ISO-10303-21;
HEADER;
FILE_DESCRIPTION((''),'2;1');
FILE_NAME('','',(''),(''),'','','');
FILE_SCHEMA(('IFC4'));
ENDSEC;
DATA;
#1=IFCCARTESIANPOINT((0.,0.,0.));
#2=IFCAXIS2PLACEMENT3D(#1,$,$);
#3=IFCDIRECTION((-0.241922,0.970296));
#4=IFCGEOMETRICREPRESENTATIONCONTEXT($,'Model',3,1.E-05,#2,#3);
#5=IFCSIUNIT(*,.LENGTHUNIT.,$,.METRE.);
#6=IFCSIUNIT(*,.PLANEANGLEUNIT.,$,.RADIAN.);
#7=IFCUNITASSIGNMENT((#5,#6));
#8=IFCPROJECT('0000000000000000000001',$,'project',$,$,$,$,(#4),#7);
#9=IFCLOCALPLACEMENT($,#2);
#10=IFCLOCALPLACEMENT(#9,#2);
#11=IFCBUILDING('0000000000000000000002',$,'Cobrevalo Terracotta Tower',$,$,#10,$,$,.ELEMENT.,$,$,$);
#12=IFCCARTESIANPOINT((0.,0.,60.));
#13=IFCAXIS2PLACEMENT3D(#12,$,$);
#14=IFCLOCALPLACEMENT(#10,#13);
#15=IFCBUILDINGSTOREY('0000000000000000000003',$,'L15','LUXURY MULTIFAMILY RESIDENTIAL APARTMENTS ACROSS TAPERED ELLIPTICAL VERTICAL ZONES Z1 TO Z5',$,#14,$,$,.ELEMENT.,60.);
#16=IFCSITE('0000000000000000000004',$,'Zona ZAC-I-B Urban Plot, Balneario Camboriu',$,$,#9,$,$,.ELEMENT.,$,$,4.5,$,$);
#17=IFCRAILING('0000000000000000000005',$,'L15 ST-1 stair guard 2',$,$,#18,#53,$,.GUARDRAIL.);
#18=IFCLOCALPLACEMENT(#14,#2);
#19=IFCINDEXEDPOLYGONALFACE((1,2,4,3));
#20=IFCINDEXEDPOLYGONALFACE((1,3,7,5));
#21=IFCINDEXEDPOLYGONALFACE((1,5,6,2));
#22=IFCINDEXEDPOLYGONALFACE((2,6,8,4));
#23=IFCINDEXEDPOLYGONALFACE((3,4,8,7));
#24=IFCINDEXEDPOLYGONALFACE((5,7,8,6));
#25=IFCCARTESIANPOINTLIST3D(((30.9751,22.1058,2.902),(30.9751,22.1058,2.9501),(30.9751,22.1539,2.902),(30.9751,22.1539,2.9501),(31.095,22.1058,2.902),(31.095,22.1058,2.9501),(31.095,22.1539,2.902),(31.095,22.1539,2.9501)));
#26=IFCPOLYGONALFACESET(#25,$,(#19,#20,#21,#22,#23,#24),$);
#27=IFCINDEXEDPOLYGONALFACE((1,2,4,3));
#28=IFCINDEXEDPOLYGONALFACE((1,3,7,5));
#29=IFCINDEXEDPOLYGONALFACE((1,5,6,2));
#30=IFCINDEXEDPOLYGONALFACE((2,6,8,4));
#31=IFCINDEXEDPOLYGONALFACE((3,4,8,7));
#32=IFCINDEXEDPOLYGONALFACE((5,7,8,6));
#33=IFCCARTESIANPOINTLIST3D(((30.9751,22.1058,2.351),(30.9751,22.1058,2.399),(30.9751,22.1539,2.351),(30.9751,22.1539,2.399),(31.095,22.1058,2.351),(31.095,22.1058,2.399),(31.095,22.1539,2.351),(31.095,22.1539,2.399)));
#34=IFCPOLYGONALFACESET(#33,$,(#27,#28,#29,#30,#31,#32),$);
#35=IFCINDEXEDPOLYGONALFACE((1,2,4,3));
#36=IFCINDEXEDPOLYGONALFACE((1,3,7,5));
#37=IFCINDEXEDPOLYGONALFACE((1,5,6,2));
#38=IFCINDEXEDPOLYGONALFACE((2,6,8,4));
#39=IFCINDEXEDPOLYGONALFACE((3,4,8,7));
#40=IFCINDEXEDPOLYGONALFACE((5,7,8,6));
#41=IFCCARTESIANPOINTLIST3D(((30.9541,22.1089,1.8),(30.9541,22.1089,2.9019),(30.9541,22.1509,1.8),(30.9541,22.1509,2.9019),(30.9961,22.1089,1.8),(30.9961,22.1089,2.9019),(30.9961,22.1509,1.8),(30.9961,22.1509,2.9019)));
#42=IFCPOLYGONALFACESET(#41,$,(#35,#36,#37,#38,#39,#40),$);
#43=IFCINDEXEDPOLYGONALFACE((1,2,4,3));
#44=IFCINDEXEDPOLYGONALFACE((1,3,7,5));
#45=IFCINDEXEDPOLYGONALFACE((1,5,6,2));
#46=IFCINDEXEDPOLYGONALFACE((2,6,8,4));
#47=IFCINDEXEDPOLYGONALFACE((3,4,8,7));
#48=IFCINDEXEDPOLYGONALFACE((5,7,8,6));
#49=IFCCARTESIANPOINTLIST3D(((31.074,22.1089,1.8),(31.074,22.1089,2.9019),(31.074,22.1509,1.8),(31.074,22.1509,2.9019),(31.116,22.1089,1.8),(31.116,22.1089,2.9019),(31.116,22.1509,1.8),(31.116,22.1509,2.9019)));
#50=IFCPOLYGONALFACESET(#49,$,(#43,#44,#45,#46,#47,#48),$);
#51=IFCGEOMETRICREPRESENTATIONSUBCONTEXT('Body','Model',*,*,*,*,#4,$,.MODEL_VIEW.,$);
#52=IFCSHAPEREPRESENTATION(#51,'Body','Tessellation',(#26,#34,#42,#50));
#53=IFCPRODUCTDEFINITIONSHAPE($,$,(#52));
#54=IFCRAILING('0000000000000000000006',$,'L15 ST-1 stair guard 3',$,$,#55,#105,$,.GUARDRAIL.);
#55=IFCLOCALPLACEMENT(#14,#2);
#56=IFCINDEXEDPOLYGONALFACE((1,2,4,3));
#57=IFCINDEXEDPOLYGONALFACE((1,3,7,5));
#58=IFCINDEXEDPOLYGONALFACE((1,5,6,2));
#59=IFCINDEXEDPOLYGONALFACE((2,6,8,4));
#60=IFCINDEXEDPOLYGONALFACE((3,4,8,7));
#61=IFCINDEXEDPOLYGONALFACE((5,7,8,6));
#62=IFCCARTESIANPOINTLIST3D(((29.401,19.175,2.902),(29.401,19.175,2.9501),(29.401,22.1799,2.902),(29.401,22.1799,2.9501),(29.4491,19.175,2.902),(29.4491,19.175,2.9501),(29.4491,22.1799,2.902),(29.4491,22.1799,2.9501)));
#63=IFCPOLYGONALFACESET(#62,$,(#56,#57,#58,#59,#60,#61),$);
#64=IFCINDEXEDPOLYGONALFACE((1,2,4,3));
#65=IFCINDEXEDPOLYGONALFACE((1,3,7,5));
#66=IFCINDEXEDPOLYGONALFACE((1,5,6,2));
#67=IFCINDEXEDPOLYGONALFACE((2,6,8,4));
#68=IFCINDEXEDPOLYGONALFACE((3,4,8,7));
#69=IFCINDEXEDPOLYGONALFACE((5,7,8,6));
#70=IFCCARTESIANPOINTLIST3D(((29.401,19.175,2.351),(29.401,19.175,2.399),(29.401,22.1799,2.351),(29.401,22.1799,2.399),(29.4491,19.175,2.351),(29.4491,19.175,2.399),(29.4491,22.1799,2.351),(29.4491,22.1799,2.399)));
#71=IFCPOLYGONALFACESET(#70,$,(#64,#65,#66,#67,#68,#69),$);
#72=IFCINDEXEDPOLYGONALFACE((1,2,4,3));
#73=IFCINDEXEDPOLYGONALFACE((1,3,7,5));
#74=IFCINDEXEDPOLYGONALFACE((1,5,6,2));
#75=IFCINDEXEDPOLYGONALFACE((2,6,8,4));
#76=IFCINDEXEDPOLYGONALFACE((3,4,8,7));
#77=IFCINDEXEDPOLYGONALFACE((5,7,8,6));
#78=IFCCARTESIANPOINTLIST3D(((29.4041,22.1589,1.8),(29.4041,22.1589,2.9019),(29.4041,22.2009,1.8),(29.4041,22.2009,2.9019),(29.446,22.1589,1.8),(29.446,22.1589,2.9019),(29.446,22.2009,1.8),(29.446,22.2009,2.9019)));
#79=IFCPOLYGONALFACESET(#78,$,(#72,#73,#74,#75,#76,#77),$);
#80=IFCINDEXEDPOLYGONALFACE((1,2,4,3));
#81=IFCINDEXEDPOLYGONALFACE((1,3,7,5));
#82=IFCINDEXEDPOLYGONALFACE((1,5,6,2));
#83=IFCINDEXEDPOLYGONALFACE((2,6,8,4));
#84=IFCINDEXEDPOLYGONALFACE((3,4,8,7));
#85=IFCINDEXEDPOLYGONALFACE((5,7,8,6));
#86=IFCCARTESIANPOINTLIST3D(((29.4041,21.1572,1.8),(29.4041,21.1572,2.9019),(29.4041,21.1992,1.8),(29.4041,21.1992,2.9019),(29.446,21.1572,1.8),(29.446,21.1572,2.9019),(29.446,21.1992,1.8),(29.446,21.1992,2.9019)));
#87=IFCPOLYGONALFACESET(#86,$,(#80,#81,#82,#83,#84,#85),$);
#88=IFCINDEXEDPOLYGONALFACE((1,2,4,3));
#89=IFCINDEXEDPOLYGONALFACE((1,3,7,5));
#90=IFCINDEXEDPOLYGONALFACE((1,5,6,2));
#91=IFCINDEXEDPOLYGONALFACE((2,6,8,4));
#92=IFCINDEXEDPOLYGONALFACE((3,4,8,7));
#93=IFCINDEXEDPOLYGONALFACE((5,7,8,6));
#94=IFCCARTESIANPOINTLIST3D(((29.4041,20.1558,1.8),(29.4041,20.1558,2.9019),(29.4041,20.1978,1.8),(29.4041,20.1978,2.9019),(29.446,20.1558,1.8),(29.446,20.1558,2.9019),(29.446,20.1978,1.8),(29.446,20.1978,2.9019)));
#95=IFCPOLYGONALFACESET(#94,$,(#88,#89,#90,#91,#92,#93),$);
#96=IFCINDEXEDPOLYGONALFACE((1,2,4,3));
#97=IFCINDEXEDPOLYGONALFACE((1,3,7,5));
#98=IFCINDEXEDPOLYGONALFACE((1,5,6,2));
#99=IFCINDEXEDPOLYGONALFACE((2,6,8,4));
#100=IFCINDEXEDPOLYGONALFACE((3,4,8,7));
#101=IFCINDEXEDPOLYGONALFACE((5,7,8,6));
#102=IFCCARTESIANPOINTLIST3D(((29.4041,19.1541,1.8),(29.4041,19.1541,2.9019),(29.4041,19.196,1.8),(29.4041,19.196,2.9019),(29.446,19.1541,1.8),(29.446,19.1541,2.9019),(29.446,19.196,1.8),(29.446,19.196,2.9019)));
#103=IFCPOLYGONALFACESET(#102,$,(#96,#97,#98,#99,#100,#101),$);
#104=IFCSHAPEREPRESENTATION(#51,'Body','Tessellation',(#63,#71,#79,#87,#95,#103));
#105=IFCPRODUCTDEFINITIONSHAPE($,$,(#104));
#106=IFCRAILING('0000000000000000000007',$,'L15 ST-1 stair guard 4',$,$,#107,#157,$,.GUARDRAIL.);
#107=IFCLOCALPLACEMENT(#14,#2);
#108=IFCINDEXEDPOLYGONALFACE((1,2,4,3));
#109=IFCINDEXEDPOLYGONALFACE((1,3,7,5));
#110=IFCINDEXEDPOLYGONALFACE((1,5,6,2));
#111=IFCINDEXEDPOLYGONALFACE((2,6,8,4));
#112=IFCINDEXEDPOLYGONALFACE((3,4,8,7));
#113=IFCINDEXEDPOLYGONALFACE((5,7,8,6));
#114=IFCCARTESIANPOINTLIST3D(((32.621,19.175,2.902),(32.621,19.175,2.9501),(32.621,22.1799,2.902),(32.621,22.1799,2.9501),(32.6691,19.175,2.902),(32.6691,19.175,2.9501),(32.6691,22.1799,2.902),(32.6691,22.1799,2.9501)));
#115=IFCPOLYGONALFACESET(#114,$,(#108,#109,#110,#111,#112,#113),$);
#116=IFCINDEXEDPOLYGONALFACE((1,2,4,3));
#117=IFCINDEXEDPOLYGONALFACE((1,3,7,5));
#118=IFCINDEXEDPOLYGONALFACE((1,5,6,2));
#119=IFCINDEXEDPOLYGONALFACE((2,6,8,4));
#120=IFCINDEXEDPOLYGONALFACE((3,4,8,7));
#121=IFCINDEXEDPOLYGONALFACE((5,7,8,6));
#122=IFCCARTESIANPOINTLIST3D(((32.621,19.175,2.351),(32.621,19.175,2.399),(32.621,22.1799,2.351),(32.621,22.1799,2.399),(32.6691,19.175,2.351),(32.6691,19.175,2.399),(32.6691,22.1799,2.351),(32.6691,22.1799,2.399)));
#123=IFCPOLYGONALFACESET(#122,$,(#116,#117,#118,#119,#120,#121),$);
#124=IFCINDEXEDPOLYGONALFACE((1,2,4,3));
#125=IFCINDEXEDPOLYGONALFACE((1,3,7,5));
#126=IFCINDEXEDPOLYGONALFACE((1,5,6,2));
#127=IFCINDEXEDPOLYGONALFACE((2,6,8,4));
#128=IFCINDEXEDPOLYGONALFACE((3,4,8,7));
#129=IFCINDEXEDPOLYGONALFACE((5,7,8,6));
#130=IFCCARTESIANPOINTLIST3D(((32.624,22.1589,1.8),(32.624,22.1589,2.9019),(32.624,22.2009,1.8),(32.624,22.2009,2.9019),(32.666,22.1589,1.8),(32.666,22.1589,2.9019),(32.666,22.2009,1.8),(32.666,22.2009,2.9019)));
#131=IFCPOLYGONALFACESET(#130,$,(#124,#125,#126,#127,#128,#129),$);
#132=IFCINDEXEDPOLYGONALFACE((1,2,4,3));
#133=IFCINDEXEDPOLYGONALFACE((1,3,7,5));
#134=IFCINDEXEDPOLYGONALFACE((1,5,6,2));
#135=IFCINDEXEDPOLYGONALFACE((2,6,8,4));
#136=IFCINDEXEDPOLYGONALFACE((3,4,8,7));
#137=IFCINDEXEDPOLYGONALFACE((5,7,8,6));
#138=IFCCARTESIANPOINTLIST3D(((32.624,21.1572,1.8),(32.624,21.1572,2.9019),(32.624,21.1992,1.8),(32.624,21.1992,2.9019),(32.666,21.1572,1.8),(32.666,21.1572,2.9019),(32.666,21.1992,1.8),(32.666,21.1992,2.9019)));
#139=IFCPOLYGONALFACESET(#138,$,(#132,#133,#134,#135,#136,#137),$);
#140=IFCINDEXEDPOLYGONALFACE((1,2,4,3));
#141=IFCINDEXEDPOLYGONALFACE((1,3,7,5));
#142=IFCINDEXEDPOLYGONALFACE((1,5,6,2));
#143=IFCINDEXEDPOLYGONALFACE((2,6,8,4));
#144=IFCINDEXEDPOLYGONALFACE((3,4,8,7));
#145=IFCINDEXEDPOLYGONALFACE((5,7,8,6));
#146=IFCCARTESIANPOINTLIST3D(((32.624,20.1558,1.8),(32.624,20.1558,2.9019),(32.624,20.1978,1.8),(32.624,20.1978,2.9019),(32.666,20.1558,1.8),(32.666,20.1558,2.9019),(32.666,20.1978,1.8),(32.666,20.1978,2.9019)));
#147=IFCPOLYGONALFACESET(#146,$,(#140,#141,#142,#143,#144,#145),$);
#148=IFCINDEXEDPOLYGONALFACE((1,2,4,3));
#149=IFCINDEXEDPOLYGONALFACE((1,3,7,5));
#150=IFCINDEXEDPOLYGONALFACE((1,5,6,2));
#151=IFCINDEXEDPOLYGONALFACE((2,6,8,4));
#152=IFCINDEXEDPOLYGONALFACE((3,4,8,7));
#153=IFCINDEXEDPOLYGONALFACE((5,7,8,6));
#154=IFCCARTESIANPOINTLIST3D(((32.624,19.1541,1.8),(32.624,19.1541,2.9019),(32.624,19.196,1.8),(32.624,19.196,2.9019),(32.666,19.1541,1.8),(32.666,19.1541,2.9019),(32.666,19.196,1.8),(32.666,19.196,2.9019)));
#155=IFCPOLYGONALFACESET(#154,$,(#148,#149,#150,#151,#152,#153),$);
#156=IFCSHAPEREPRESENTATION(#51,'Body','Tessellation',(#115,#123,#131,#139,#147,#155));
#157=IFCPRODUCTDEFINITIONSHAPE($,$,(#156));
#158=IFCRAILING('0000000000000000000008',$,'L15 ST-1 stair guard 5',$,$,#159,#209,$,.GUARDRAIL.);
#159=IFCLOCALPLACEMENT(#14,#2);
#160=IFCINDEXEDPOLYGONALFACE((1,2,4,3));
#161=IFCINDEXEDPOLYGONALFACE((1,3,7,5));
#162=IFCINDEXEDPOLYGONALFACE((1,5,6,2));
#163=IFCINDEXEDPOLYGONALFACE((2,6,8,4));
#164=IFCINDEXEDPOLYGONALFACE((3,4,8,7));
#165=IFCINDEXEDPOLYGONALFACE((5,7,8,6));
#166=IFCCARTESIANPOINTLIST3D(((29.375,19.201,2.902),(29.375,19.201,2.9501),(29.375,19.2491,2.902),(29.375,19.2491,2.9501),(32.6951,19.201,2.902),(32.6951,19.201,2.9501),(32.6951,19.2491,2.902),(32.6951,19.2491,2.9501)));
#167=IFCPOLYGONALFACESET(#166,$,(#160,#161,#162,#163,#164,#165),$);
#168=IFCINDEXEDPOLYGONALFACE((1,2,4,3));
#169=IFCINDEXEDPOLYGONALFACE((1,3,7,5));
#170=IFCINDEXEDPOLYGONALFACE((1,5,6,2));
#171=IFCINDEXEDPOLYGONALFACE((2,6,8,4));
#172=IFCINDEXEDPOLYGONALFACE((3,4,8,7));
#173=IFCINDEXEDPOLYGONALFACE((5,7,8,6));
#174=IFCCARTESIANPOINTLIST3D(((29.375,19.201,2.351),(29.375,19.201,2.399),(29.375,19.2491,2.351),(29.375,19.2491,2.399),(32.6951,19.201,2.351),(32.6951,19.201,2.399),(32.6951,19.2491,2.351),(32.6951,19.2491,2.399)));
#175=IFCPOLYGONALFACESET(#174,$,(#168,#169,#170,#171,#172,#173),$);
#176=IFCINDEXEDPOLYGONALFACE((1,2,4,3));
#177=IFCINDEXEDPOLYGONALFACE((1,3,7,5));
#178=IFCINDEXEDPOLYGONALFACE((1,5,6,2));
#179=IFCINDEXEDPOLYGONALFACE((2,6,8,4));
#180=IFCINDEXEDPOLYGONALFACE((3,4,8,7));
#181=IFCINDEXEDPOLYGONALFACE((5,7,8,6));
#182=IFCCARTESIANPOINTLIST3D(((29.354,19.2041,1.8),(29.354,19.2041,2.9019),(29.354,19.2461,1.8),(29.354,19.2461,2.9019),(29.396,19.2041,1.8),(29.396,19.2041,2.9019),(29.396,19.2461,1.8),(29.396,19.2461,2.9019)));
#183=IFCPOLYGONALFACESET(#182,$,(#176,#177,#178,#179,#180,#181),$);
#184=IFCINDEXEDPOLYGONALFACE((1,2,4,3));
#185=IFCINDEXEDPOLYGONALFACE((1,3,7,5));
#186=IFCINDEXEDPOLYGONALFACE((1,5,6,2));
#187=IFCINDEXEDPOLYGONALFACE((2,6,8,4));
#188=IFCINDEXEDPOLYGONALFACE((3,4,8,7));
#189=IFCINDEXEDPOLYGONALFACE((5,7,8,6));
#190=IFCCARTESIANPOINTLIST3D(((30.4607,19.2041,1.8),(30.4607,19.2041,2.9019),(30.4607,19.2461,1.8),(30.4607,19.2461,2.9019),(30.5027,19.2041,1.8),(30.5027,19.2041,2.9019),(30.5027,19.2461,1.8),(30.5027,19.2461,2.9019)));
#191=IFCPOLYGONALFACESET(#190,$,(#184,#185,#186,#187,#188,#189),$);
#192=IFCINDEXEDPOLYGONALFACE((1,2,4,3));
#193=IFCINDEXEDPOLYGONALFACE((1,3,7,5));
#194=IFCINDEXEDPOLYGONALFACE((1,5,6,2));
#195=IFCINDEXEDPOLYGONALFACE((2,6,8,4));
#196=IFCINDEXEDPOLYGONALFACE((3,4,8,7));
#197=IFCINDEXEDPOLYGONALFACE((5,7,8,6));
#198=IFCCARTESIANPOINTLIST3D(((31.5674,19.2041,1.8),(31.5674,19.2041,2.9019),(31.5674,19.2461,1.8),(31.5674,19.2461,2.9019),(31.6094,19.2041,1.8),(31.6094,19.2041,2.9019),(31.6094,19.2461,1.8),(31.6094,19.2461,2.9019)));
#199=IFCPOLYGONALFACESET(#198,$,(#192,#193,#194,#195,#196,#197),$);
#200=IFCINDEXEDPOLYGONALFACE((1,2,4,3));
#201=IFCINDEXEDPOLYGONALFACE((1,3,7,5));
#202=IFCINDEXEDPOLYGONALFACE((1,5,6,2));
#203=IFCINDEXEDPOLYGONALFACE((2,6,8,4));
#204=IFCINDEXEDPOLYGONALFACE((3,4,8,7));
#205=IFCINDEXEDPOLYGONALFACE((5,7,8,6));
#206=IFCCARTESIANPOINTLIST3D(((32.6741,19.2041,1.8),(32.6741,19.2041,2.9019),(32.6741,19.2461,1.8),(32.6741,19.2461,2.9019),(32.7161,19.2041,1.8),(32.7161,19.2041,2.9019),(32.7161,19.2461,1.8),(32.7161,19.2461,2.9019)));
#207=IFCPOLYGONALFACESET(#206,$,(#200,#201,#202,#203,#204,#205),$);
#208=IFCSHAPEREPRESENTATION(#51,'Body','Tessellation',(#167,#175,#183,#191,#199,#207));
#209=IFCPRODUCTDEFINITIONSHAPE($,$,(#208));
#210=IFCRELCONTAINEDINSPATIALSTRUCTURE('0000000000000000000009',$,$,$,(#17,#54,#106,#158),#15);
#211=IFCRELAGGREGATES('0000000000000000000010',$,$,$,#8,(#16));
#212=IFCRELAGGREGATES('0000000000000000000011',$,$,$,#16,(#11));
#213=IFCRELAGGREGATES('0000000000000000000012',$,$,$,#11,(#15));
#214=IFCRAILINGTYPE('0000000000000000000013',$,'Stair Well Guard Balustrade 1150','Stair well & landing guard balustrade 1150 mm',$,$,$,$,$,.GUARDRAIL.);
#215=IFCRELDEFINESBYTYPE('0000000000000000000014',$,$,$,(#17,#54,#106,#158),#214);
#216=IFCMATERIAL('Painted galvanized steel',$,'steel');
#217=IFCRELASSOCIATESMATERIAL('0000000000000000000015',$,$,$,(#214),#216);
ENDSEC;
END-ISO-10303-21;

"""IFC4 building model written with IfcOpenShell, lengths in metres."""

from ifc_helpers import new_model, si_unit, direction, frame, origin, origin_2d, place, context, subcontext, project, spatial, rectangle, extrude, material, type_object, element, save


model = new_model("IFC4")

# Units and contexts
model_context = context("Model", 3, precision=1e-05, world=origin(), true_north=direction((-0.241922, 0.970296)))
body_context = subcontext(model_context, "Body", "Model", "MODEL_VIEW")
ifc_project = project(units=[si_unit("LENGTHUNIT", "METRE"), si_unit("PLANEANGLEUNIT", "RADIAN")], contexts=[model_context])

# Site, building, storey
site_placement = place(None, origin())
site = spatial("IfcSite", under=ifc_project, at=site_placement, Name="Zona ZAC-I-B Urban Plot, Balneario Camboriu", CompositionType="ELEMENT", RefElevation=4.5)
building_placement = place(site_placement, origin())
building = spatial("IfcBuilding", under=site, at=building_placement, Name="Cobrevalo Terracotta Tower", CompositionType="ELEMENT")
storey_placement = place(building_placement, frame((0.0, 0.0, 60.0)))
storey = spatial("IfcBuildingStorey", under=building, at=storey_placement, Name="L15", Description="LUXURY MULTIFAMILY RESIDENTIAL APARTMENTS ACROSS TAPERED ELLIPTICAL VERTICAL ZONES Z1 TO Z5", CompositionType="ELEMENT", Elevation=60.0)

# Railings
ifc_material_1 = material(Name="Painted galvanized steel", Category="steel")
railing_type = type_object("IfcRailingType", Name="Stair Well Guard Balustrade 1150", Description="Stair well & landing guard balustrade 1150 mm", PredefinedType="GUARDRAIL", material=ifc_material_1)
railing_1_placement = place(storey_placement, frame((30.9751, 22.1299, 1.8)))
element("IfcRailing", 1, at=railing_1_placement, inside=storey, type_object=railing_type, Name="L15 ST-1 stair guard 2", PredefinedType="GUARDRAIL", context=body_context, shape_type="SweptSolid", body=[
    extrude(rectangle(XDim=0.0481, YDim=0.0481, at=origin_2d()), frame((0.0, 0.0, 1.126), z_axis=(1.0, 0.0, 0.0), x_axis=(0.0, 1.0, 0.0)), (0.0, 0.0, 1.0), 0.1199),
    extrude(rectangle(XDim=0.0481, YDim=0.0481, at=origin_2d()), frame((0.0, 0.0, 0.575), z_axis=(1.0, 0.0, 0.0), x_axis=(0.0, 1.0, 0.0)), (0.0, 0.0, 1.0), 0.1199),
    extrude(rectangle(XDim=0.042, YDim=0.042, at=origin_2d()), origin(), (0.0, 0.0, 1.0), 1.1018),
    extrude(rectangle(XDim=0.042, YDim=0.042, at=origin_2d()), frame((0.1199, 0.0, 0.0)), (0.0, 0.0, 1.0), 1.1018),
])
for number, where, name in (
    (2, (29.425, 22.1799, 1.8), "L15 ST-1 stair guard 3"),
    (3, (32.645, 22.1799, 1.8), "L15 ST-1 stair guard 4"),
):
    element("IfcRailing", number, at=place(storey_placement, frame(where)), inside=storey, type_object=railing_type, Name=name, PredefinedType="GUARDRAIL", context=body_context, shape_type="SweptSolid", body=[
        extrude(rectangle(XDim=0.0481, YDim=0.0481, at=origin_2d()), frame((0.0, 0.0, 1.126), z_axis=(0.0, -1.0, 0.0), x_axis=(1.0, 0.0, 0.0)), (0.0, 0.0, 1.0), 3.0049),
        extrude(rectangle(XDim=0.0481, YDim=0.0481, at=origin_2d()), frame((0.0, 0.0, 0.575), z_axis=(0.0, -1.0, 0.0), x_axis=(1.0, 0.0, 0.0)), (0.0, 0.0, 1.0), 3.0049),
        extrude(rectangle(XDim=0.042, YDim=0.042, at=origin_2d()), origin(), (0.0, 0.0, 1.0), 1.1018),
        extrude(rectangle(XDim=0.042, YDim=0.042, at=origin_2d()), frame((0.0, -1.0017, 0.0)), (0.0, 0.0, 1.0), 1.1018),
        extrude(rectangle(XDim=0.042, YDim=0.042, at=origin_2d()), frame((0.0, -2.0032, 0.0)), (0.0, 0.0, 1.0), 1.1018),
        extrude(rectangle(XDim=0.042, YDim=0.042, at=origin_2d()), frame((0.0, -3.0049, 0.0)), (0.0, 0.0, 1.0), 1.1018),
    ])
railing_2_placement = place(storey_placement, frame((29.375, 19.2251, 1.8)))
element("IfcRailing", 4, at=railing_2_placement, inside=storey, type_object=railing_type, Name="L15 ST-1 stair guard 5", PredefinedType="GUARDRAIL", context=body_context, shape_type="SweptSolid", body=[
    extrude(rectangle(XDim=0.0481, YDim=0.0481, at=origin_2d()), frame((0.0, 0.0, 1.126), z_axis=(1.0, 0.0, 0.0), x_axis=(0.0, 1.0, 0.0)), (0.0, 0.0, 1.0), 3.3201),
    extrude(rectangle(XDim=0.0481, YDim=0.0481, at=origin_2d()), frame((0.0, 0.0, 0.575), z_axis=(1.0, 0.0, 0.0), x_axis=(0.0, 1.0, 0.0)), (0.0, 0.0, 1.0), 3.3201),
    extrude(rectangle(XDim=0.042, YDim=0.042, at=origin_2d()), origin(), (0.0, 0.0, 1.0), 1.1018),
    extrude(rectangle(XDim=0.042, YDim=0.042, at=origin_2d()), frame((1.1067, 0.0, 0.0)), (0.0, 0.0, 1.0), 1.1018),
    extrude(rectangle(XDim=0.042, YDim=0.042, at=origin_2d()), frame((2.2134, 0.0, 0.0)), (0.0, 0.0, 1.0), 1.1018),
    extrude(rectangle(XDim=0.042, YDim=0.042, at=origin_2d()), frame((3.3201, 0.0, 0.0)), (0.0, 0.0, 1.0), 1.1018),
])

save(model, "model.ifc")
